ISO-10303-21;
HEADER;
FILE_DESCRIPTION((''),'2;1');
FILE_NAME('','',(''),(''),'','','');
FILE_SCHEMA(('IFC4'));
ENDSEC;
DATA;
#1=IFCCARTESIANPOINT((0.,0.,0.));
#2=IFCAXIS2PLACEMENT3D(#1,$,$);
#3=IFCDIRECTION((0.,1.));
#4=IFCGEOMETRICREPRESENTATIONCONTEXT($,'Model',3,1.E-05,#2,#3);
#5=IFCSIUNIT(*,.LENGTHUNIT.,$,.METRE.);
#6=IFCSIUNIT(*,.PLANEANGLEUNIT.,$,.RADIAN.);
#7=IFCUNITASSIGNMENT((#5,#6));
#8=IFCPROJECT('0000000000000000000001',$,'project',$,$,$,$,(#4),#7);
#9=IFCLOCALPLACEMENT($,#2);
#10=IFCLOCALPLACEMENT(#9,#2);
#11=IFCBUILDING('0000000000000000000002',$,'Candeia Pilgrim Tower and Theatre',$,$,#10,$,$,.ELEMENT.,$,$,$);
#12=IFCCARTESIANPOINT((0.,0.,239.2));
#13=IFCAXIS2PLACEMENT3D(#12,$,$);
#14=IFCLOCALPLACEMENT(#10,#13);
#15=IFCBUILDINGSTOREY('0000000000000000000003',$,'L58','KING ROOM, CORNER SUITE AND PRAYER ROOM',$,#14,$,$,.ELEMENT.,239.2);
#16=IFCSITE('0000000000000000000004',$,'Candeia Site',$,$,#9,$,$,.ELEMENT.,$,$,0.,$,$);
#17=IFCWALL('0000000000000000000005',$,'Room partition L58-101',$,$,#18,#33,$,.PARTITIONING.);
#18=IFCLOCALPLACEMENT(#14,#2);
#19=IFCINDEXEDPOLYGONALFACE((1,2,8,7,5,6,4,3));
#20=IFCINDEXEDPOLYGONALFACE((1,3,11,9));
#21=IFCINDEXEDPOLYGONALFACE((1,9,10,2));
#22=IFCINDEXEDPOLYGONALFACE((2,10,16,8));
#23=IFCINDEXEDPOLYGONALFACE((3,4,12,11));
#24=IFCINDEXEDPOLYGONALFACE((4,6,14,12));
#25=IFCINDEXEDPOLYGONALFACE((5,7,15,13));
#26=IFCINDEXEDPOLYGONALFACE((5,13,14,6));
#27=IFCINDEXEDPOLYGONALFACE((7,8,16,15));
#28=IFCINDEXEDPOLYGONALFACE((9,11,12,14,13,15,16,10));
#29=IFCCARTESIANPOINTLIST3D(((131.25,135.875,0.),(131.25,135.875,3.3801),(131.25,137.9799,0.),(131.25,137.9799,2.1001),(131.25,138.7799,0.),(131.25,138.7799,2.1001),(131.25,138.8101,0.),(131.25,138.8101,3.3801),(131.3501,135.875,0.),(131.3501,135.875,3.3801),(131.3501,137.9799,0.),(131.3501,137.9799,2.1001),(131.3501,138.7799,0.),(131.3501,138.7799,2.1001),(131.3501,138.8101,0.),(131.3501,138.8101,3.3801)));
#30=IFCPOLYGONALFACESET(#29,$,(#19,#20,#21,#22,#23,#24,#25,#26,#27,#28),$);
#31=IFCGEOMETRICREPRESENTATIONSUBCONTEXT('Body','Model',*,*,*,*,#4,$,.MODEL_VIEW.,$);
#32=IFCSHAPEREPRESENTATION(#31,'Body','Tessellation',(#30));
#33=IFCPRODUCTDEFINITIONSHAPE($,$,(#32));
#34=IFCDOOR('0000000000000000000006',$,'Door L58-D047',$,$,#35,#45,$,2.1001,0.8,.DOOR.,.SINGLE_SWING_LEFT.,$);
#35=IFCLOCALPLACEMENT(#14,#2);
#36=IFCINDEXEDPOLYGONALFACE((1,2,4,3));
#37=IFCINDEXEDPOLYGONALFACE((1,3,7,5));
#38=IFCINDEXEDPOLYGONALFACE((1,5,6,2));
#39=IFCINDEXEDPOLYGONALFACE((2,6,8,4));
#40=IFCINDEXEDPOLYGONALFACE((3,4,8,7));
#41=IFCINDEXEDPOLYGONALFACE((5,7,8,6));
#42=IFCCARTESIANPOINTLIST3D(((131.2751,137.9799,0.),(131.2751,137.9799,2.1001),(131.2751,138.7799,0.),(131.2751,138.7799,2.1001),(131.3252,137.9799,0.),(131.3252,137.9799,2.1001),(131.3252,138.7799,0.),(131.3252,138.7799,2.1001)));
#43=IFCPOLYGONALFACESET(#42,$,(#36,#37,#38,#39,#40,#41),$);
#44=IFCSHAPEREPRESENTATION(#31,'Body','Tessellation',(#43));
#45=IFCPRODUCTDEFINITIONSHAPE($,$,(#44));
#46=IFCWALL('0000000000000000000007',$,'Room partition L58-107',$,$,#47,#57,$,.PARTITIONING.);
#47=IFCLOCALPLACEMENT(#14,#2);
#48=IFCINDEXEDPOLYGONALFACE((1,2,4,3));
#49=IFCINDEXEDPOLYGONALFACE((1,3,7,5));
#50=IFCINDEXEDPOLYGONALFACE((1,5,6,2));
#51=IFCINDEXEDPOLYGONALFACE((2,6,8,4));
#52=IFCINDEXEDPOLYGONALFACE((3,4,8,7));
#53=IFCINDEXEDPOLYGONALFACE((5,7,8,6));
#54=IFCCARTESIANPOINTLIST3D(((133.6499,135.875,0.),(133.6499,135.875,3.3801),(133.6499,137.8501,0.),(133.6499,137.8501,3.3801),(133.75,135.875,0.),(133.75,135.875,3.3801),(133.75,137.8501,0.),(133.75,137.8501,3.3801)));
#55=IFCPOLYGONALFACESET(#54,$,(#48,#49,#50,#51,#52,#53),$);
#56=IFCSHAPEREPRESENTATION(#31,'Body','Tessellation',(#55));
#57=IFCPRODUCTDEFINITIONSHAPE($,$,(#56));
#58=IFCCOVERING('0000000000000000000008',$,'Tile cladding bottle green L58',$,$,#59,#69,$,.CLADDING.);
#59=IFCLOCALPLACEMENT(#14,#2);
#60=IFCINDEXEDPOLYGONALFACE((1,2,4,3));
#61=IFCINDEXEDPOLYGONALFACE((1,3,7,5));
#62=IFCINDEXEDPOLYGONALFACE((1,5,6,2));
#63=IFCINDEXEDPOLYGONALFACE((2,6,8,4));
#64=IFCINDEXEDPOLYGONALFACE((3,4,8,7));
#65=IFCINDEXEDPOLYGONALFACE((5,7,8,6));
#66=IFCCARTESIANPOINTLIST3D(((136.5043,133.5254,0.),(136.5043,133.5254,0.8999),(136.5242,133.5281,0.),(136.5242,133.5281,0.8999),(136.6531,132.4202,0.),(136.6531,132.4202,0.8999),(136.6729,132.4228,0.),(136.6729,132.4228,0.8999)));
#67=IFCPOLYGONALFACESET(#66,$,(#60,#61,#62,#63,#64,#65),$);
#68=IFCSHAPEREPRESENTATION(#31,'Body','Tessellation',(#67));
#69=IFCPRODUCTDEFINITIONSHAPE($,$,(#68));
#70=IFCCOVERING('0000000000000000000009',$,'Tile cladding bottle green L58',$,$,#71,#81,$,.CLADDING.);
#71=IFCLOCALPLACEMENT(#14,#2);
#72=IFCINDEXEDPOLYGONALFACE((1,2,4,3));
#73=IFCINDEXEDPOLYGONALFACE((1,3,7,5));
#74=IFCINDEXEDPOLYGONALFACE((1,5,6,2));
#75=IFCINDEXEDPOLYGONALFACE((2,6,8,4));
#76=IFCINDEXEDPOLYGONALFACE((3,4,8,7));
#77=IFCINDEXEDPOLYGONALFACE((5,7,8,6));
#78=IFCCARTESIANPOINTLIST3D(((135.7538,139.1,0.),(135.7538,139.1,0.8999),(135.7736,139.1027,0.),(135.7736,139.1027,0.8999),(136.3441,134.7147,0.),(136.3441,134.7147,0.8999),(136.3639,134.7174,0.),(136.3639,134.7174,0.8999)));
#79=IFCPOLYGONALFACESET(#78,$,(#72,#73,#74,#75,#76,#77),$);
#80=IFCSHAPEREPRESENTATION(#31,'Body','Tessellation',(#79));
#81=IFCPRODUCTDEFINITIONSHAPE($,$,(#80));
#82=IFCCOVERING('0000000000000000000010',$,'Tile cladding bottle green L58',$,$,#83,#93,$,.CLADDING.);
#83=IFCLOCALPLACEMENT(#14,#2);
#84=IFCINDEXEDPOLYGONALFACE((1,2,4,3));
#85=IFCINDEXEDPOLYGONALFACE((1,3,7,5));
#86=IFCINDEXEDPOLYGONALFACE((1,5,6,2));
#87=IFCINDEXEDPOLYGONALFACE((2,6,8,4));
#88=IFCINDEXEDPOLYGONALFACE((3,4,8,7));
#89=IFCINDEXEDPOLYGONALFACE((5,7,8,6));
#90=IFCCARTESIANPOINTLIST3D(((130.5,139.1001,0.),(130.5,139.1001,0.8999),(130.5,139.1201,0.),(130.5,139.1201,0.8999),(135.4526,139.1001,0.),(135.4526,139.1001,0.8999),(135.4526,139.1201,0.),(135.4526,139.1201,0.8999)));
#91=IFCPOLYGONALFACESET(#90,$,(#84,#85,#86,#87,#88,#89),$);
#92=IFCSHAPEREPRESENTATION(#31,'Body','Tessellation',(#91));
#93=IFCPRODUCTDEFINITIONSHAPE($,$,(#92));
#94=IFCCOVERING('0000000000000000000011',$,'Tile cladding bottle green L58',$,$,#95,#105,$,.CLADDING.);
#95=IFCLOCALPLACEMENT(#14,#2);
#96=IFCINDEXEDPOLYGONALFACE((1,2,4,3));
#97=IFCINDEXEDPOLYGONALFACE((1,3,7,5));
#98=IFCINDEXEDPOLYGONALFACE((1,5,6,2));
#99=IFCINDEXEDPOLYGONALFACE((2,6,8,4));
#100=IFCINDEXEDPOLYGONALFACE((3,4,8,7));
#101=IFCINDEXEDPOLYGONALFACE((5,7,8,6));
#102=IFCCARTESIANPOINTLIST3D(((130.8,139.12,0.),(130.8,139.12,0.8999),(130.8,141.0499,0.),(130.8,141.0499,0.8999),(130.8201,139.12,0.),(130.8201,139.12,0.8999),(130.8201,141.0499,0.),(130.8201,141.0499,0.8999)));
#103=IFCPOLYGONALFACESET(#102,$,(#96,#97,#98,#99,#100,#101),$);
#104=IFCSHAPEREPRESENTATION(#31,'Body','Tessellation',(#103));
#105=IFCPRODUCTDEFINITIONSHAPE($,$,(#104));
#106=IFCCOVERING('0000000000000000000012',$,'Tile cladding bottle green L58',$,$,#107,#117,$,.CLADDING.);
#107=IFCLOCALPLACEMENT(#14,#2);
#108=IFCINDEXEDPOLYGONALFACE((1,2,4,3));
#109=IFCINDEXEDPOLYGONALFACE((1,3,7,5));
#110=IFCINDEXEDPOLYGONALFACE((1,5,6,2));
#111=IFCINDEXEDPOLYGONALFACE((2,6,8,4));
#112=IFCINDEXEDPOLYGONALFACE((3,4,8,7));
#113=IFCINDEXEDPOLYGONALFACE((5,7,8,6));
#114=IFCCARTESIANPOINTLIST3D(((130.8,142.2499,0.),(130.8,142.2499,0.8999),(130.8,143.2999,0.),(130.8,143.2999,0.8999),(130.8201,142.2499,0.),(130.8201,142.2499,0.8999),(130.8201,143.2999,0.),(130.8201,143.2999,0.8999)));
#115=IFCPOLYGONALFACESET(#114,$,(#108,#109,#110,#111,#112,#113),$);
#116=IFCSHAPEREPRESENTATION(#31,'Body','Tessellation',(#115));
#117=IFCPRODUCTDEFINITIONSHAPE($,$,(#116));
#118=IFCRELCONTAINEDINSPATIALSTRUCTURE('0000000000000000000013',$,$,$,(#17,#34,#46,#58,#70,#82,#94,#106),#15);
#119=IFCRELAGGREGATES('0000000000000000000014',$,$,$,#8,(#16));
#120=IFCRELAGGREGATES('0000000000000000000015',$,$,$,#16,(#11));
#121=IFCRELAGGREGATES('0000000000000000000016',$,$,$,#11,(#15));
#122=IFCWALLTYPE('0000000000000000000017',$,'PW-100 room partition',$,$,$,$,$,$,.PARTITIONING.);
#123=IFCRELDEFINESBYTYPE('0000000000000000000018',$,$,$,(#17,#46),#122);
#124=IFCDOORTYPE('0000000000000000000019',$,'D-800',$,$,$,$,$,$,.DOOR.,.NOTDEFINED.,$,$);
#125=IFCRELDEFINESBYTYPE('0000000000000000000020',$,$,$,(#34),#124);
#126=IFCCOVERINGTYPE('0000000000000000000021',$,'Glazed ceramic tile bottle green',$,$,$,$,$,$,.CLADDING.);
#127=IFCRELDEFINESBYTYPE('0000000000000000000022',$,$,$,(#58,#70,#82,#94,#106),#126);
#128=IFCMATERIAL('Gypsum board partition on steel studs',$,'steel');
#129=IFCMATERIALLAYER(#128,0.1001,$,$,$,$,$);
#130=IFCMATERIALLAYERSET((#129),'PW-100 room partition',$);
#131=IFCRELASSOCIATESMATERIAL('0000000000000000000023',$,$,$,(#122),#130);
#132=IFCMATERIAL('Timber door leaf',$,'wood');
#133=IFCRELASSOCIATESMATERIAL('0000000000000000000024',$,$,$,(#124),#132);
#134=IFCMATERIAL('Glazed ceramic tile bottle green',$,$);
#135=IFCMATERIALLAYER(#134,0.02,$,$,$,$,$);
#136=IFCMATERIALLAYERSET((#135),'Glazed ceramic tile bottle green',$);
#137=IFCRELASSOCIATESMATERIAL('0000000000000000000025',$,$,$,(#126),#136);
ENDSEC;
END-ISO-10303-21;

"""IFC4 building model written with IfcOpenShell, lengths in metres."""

from ifc_helpers import new_model, si_unit, direction, frame, frame_2d, origin, origin_2d, place, context, subcontext, project, spatial, rectangle, extrude, material, layer, layer_set, type_object, element, fill, save


model = new_model("IFC4")

# Units and contexts
model_context = context("Model", 3, precision=1e-05, world=origin(), true_north=direction((0.0, 1.0)))
body_context = subcontext(model_context, "Body", "Model", "MODEL_VIEW")
ifc_project = project(units=[si_unit("LENGTHUNIT", "METRE"), si_unit("PLANEANGLEUNIT", "RADIAN")], contexts=[model_context])

# Site, building, storey
site_placement = place(None, origin())
site = spatial("IfcSite", under=ifc_project, at=site_placement, Name="Candeia Site", CompositionType="ELEMENT", RefElevation=0.0)
building_placement = place(site_placement, origin())
building = spatial("IfcBuilding", under=site, at=building_placement, Name="Candeia Pilgrim Tower and Theatre", CompositionType="ELEMENT")
storey_placement = place(building_placement, frame((0.0, 0.0, 239.2)))
storey = spatial("IfcBuildingStorey", under=building, at=storey_placement, Name="L58", Description="KING ROOM, CORNER SUITE AND PRAYER ROOM", CompositionType="ELEMENT", Elevation=239.2)

# Wall, opening, door
ifc_material_1 = material(Name="Gypsum board partition on steel studs", Category="steel")
ifc_layer_1 = layer(ifc_material_1, 0.1001)
ifc_layer_set_1 = layer_set([ifc_layer_1], Name="PW-100 room partition")
wall_type_1 = type_object("IfcWallType", Name="PW-100 room partition", PredefinedType="PARTITIONING", material=ifc_layer_set_1)
ifc_material_2 = material(Name="Timber door leaf", Category="wood")
door_type = type_object("IfcDoorType", Name="D-800", OperationType="NOTDEFINED", PredefinedType="DOOR", material=ifc_material_2)
wall_1_placement = place(storey_placement, frame((131.3, 135.875, 0.0), z_axis=(0.0, 0.0, 1.0), x_axis=(0.0, 1.0, 0.0)))
wall_1 = element("IfcWall", 1, at=wall_1_placement, inside=storey, type_object=wall_type_1, Name="Room partition L58-101", PredefinedType="PARTITIONING", context=body_context, shape_type="SweptSolid", body=[
    extrude(rectangle(XDim=2.9351, YDim=0.1001, at=frame_2d((1.4675, 0.0))), origin(), (0.0, 0.0, 1.0), 3.3801),
])
opening_1_placement = place(wall_1_placement, frame((2.105, 0.0, 0.0)))
opening_1 = element("IfcOpeningElement", 2, at=opening_1_placement, cuts=wall_1, PredefinedType="OPENING", context=body_context, shape_type="SweptSolid", body=[
    extrude(rectangle(XDim=0.8, YDim=2.1001, at=frame_2d((0.3999, 1.05))), frame((0.0, 0.0601, 0.0), z_axis=(0.0, -1.0, 0.0), x_axis=(1.0, 0.0, 0.0)), (0.0, 0.0, 1.0), 0.1201),
])
door_1_placement = place(opening_1_placement, origin())
door_1 = element("IfcDoor", 3, at=door_1_placement, inside=storey, type_object=door_type, Name="Door L58-D047", OperationType="SINGLE_SWING_LEFT", OverallHeight=2.1001, OverallWidth=0.8, PredefinedType="DOOR", context=body_context, shape_type="SweptSolid", body=[
    extrude(rectangle(XDim=0.8, YDim=2.1001, at=frame_2d((0.3999, 1.05))), frame((0.0, 0.0249, 0.0), z_axis=(0.0, -1.0, 0.0), x_axis=(1.0, 0.0, 0.0)), (0.0, 0.0, 1.0), 0.05),
])
fill(opening_1, door_1)

# Wall
wall_2_placement = place(storey_placement, frame((133.7, 135.875, 0.0), z_axis=(0.0, 0.0, 1.0), x_axis=(0.0, 1.0, 0.0)))
element("IfcWall", 4, at=wall_2_placement, inside=storey, type_object=wall_type_1, Name="Room partition L58-107", PredefinedType="PARTITIONING", context=body_context, shape_type="SweptSolid", body=[
    extrude(rectangle(XDim=1.9751, YDim=0.1001, at=frame_2d((0.9875, 0.0))), origin(), (0.0, 0.0, 1.0), 3.3801),
])

# Coverings
ifc_material_3 = material(Name="Glazed ceramic tile bottle green")
ifc_layer_2 = layer(ifc_material_3, 0.02)
ifc_layer_set_2 = layer_set([ifc_layer_2], Name="Glazed ceramic tile bottle green")
covering_type = type_object("IfcCoveringType", Name="Glazed ceramic tile bottle green", PredefinedType="CLADDING", material=ifc_layer_set_2)
covering_1_placement = place(storey_placement, frame((136.5886, 132.9741, 0.0), z_axis=(0.0, 0.0, 1.0), x_axis=(-0.133412, 0.991061, 0.0)))
element("IfcCovering", 5, at=covering_1_placement, inside=storey, type_object=covering_type, Name="Tile cladding bottle green L58", PredefinedType="CLADDING", context=body_context, shape_type="SweptSolid", body=[
    extrude(rectangle(XDim=1.1152, YDim=0.02, at=origin_2d()), origin(), (0.0, 0.0, 1.0), 0.8999),
])
covering_2_placement = place(storey_placement, frame((136.0588, 136.9087, 0.0), z_axis=(0.0, 0.0, 1.0), x_axis=(-0.133412, 0.991061, 0.0)))
element("IfcCovering", 6, at=covering_2_placement, inside=storey, type_object=covering_type, Name="Tile cladding bottle green L58", PredefinedType="CLADDING", context=body_context, shape_type="SweptSolid", body=[
    extrude(rectangle(XDim=4.4248, YDim=0.02, at=origin_2d()), origin(), (0.0, 0.0, 1.0), 0.8999),
])
covering_3_placement = place(storey_placement, frame((132.9763, 139.1101, 0.0), z_axis=(0.0, 0.0, 1.0), x_axis=(-1.0, 0.0, 0.0)))
element("IfcCovering", 7, at=covering_3_placement, inside=storey, type_object=covering_type, Name="Tile cladding bottle green L58", PredefinedType="CLADDING", context=body_context, shape_type="SweptSolid", body=[
    extrude(rectangle(XDim=4.9526, YDim=0.02, at=origin_2d()), origin(), (0.0, 0.0, 1.0), 0.8999),
])
covering_4_placement = place(storey_placement, frame((130.8101, 140.085, 0.0), z_axis=(0.0, 0.0, 1.0), x_axis=(0.0, 1.0, 0.0)))
element("IfcCovering", 8, at=covering_4_placement, inside=storey, type_object=covering_type, Name="Tile cladding bottle green L58", PredefinedType="CLADDING", context=body_context, shape_type="SweptSolid", body=[
    extrude(rectangle(XDim=1.9299, YDim=0.02, at=origin_2d()), origin(), (0.0, 0.0, 1.0), 0.8999),
])
covering_5_placement = place(storey_placement, frame((130.8101, 142.7749, 0.0), z_axis=(0.0, 0.0, 1.0), x_axis=(0.0, 1.0, 0.0)))
element("IfcCovering", 9, at=covering_5_placement, inside=storey, type_object=covering_type, Name="Tile cladding bottle green L58", PredefinedType="CLADDING", context=body_context, shape_type="SweptSolid", body=[
    extrude(rectangle(XDim=1.05, YDim=0.02, at=origin_2d()), origin(), (0.0, 0.0, 1.0), 0.8999),
])

save(model, "model.ifc")
